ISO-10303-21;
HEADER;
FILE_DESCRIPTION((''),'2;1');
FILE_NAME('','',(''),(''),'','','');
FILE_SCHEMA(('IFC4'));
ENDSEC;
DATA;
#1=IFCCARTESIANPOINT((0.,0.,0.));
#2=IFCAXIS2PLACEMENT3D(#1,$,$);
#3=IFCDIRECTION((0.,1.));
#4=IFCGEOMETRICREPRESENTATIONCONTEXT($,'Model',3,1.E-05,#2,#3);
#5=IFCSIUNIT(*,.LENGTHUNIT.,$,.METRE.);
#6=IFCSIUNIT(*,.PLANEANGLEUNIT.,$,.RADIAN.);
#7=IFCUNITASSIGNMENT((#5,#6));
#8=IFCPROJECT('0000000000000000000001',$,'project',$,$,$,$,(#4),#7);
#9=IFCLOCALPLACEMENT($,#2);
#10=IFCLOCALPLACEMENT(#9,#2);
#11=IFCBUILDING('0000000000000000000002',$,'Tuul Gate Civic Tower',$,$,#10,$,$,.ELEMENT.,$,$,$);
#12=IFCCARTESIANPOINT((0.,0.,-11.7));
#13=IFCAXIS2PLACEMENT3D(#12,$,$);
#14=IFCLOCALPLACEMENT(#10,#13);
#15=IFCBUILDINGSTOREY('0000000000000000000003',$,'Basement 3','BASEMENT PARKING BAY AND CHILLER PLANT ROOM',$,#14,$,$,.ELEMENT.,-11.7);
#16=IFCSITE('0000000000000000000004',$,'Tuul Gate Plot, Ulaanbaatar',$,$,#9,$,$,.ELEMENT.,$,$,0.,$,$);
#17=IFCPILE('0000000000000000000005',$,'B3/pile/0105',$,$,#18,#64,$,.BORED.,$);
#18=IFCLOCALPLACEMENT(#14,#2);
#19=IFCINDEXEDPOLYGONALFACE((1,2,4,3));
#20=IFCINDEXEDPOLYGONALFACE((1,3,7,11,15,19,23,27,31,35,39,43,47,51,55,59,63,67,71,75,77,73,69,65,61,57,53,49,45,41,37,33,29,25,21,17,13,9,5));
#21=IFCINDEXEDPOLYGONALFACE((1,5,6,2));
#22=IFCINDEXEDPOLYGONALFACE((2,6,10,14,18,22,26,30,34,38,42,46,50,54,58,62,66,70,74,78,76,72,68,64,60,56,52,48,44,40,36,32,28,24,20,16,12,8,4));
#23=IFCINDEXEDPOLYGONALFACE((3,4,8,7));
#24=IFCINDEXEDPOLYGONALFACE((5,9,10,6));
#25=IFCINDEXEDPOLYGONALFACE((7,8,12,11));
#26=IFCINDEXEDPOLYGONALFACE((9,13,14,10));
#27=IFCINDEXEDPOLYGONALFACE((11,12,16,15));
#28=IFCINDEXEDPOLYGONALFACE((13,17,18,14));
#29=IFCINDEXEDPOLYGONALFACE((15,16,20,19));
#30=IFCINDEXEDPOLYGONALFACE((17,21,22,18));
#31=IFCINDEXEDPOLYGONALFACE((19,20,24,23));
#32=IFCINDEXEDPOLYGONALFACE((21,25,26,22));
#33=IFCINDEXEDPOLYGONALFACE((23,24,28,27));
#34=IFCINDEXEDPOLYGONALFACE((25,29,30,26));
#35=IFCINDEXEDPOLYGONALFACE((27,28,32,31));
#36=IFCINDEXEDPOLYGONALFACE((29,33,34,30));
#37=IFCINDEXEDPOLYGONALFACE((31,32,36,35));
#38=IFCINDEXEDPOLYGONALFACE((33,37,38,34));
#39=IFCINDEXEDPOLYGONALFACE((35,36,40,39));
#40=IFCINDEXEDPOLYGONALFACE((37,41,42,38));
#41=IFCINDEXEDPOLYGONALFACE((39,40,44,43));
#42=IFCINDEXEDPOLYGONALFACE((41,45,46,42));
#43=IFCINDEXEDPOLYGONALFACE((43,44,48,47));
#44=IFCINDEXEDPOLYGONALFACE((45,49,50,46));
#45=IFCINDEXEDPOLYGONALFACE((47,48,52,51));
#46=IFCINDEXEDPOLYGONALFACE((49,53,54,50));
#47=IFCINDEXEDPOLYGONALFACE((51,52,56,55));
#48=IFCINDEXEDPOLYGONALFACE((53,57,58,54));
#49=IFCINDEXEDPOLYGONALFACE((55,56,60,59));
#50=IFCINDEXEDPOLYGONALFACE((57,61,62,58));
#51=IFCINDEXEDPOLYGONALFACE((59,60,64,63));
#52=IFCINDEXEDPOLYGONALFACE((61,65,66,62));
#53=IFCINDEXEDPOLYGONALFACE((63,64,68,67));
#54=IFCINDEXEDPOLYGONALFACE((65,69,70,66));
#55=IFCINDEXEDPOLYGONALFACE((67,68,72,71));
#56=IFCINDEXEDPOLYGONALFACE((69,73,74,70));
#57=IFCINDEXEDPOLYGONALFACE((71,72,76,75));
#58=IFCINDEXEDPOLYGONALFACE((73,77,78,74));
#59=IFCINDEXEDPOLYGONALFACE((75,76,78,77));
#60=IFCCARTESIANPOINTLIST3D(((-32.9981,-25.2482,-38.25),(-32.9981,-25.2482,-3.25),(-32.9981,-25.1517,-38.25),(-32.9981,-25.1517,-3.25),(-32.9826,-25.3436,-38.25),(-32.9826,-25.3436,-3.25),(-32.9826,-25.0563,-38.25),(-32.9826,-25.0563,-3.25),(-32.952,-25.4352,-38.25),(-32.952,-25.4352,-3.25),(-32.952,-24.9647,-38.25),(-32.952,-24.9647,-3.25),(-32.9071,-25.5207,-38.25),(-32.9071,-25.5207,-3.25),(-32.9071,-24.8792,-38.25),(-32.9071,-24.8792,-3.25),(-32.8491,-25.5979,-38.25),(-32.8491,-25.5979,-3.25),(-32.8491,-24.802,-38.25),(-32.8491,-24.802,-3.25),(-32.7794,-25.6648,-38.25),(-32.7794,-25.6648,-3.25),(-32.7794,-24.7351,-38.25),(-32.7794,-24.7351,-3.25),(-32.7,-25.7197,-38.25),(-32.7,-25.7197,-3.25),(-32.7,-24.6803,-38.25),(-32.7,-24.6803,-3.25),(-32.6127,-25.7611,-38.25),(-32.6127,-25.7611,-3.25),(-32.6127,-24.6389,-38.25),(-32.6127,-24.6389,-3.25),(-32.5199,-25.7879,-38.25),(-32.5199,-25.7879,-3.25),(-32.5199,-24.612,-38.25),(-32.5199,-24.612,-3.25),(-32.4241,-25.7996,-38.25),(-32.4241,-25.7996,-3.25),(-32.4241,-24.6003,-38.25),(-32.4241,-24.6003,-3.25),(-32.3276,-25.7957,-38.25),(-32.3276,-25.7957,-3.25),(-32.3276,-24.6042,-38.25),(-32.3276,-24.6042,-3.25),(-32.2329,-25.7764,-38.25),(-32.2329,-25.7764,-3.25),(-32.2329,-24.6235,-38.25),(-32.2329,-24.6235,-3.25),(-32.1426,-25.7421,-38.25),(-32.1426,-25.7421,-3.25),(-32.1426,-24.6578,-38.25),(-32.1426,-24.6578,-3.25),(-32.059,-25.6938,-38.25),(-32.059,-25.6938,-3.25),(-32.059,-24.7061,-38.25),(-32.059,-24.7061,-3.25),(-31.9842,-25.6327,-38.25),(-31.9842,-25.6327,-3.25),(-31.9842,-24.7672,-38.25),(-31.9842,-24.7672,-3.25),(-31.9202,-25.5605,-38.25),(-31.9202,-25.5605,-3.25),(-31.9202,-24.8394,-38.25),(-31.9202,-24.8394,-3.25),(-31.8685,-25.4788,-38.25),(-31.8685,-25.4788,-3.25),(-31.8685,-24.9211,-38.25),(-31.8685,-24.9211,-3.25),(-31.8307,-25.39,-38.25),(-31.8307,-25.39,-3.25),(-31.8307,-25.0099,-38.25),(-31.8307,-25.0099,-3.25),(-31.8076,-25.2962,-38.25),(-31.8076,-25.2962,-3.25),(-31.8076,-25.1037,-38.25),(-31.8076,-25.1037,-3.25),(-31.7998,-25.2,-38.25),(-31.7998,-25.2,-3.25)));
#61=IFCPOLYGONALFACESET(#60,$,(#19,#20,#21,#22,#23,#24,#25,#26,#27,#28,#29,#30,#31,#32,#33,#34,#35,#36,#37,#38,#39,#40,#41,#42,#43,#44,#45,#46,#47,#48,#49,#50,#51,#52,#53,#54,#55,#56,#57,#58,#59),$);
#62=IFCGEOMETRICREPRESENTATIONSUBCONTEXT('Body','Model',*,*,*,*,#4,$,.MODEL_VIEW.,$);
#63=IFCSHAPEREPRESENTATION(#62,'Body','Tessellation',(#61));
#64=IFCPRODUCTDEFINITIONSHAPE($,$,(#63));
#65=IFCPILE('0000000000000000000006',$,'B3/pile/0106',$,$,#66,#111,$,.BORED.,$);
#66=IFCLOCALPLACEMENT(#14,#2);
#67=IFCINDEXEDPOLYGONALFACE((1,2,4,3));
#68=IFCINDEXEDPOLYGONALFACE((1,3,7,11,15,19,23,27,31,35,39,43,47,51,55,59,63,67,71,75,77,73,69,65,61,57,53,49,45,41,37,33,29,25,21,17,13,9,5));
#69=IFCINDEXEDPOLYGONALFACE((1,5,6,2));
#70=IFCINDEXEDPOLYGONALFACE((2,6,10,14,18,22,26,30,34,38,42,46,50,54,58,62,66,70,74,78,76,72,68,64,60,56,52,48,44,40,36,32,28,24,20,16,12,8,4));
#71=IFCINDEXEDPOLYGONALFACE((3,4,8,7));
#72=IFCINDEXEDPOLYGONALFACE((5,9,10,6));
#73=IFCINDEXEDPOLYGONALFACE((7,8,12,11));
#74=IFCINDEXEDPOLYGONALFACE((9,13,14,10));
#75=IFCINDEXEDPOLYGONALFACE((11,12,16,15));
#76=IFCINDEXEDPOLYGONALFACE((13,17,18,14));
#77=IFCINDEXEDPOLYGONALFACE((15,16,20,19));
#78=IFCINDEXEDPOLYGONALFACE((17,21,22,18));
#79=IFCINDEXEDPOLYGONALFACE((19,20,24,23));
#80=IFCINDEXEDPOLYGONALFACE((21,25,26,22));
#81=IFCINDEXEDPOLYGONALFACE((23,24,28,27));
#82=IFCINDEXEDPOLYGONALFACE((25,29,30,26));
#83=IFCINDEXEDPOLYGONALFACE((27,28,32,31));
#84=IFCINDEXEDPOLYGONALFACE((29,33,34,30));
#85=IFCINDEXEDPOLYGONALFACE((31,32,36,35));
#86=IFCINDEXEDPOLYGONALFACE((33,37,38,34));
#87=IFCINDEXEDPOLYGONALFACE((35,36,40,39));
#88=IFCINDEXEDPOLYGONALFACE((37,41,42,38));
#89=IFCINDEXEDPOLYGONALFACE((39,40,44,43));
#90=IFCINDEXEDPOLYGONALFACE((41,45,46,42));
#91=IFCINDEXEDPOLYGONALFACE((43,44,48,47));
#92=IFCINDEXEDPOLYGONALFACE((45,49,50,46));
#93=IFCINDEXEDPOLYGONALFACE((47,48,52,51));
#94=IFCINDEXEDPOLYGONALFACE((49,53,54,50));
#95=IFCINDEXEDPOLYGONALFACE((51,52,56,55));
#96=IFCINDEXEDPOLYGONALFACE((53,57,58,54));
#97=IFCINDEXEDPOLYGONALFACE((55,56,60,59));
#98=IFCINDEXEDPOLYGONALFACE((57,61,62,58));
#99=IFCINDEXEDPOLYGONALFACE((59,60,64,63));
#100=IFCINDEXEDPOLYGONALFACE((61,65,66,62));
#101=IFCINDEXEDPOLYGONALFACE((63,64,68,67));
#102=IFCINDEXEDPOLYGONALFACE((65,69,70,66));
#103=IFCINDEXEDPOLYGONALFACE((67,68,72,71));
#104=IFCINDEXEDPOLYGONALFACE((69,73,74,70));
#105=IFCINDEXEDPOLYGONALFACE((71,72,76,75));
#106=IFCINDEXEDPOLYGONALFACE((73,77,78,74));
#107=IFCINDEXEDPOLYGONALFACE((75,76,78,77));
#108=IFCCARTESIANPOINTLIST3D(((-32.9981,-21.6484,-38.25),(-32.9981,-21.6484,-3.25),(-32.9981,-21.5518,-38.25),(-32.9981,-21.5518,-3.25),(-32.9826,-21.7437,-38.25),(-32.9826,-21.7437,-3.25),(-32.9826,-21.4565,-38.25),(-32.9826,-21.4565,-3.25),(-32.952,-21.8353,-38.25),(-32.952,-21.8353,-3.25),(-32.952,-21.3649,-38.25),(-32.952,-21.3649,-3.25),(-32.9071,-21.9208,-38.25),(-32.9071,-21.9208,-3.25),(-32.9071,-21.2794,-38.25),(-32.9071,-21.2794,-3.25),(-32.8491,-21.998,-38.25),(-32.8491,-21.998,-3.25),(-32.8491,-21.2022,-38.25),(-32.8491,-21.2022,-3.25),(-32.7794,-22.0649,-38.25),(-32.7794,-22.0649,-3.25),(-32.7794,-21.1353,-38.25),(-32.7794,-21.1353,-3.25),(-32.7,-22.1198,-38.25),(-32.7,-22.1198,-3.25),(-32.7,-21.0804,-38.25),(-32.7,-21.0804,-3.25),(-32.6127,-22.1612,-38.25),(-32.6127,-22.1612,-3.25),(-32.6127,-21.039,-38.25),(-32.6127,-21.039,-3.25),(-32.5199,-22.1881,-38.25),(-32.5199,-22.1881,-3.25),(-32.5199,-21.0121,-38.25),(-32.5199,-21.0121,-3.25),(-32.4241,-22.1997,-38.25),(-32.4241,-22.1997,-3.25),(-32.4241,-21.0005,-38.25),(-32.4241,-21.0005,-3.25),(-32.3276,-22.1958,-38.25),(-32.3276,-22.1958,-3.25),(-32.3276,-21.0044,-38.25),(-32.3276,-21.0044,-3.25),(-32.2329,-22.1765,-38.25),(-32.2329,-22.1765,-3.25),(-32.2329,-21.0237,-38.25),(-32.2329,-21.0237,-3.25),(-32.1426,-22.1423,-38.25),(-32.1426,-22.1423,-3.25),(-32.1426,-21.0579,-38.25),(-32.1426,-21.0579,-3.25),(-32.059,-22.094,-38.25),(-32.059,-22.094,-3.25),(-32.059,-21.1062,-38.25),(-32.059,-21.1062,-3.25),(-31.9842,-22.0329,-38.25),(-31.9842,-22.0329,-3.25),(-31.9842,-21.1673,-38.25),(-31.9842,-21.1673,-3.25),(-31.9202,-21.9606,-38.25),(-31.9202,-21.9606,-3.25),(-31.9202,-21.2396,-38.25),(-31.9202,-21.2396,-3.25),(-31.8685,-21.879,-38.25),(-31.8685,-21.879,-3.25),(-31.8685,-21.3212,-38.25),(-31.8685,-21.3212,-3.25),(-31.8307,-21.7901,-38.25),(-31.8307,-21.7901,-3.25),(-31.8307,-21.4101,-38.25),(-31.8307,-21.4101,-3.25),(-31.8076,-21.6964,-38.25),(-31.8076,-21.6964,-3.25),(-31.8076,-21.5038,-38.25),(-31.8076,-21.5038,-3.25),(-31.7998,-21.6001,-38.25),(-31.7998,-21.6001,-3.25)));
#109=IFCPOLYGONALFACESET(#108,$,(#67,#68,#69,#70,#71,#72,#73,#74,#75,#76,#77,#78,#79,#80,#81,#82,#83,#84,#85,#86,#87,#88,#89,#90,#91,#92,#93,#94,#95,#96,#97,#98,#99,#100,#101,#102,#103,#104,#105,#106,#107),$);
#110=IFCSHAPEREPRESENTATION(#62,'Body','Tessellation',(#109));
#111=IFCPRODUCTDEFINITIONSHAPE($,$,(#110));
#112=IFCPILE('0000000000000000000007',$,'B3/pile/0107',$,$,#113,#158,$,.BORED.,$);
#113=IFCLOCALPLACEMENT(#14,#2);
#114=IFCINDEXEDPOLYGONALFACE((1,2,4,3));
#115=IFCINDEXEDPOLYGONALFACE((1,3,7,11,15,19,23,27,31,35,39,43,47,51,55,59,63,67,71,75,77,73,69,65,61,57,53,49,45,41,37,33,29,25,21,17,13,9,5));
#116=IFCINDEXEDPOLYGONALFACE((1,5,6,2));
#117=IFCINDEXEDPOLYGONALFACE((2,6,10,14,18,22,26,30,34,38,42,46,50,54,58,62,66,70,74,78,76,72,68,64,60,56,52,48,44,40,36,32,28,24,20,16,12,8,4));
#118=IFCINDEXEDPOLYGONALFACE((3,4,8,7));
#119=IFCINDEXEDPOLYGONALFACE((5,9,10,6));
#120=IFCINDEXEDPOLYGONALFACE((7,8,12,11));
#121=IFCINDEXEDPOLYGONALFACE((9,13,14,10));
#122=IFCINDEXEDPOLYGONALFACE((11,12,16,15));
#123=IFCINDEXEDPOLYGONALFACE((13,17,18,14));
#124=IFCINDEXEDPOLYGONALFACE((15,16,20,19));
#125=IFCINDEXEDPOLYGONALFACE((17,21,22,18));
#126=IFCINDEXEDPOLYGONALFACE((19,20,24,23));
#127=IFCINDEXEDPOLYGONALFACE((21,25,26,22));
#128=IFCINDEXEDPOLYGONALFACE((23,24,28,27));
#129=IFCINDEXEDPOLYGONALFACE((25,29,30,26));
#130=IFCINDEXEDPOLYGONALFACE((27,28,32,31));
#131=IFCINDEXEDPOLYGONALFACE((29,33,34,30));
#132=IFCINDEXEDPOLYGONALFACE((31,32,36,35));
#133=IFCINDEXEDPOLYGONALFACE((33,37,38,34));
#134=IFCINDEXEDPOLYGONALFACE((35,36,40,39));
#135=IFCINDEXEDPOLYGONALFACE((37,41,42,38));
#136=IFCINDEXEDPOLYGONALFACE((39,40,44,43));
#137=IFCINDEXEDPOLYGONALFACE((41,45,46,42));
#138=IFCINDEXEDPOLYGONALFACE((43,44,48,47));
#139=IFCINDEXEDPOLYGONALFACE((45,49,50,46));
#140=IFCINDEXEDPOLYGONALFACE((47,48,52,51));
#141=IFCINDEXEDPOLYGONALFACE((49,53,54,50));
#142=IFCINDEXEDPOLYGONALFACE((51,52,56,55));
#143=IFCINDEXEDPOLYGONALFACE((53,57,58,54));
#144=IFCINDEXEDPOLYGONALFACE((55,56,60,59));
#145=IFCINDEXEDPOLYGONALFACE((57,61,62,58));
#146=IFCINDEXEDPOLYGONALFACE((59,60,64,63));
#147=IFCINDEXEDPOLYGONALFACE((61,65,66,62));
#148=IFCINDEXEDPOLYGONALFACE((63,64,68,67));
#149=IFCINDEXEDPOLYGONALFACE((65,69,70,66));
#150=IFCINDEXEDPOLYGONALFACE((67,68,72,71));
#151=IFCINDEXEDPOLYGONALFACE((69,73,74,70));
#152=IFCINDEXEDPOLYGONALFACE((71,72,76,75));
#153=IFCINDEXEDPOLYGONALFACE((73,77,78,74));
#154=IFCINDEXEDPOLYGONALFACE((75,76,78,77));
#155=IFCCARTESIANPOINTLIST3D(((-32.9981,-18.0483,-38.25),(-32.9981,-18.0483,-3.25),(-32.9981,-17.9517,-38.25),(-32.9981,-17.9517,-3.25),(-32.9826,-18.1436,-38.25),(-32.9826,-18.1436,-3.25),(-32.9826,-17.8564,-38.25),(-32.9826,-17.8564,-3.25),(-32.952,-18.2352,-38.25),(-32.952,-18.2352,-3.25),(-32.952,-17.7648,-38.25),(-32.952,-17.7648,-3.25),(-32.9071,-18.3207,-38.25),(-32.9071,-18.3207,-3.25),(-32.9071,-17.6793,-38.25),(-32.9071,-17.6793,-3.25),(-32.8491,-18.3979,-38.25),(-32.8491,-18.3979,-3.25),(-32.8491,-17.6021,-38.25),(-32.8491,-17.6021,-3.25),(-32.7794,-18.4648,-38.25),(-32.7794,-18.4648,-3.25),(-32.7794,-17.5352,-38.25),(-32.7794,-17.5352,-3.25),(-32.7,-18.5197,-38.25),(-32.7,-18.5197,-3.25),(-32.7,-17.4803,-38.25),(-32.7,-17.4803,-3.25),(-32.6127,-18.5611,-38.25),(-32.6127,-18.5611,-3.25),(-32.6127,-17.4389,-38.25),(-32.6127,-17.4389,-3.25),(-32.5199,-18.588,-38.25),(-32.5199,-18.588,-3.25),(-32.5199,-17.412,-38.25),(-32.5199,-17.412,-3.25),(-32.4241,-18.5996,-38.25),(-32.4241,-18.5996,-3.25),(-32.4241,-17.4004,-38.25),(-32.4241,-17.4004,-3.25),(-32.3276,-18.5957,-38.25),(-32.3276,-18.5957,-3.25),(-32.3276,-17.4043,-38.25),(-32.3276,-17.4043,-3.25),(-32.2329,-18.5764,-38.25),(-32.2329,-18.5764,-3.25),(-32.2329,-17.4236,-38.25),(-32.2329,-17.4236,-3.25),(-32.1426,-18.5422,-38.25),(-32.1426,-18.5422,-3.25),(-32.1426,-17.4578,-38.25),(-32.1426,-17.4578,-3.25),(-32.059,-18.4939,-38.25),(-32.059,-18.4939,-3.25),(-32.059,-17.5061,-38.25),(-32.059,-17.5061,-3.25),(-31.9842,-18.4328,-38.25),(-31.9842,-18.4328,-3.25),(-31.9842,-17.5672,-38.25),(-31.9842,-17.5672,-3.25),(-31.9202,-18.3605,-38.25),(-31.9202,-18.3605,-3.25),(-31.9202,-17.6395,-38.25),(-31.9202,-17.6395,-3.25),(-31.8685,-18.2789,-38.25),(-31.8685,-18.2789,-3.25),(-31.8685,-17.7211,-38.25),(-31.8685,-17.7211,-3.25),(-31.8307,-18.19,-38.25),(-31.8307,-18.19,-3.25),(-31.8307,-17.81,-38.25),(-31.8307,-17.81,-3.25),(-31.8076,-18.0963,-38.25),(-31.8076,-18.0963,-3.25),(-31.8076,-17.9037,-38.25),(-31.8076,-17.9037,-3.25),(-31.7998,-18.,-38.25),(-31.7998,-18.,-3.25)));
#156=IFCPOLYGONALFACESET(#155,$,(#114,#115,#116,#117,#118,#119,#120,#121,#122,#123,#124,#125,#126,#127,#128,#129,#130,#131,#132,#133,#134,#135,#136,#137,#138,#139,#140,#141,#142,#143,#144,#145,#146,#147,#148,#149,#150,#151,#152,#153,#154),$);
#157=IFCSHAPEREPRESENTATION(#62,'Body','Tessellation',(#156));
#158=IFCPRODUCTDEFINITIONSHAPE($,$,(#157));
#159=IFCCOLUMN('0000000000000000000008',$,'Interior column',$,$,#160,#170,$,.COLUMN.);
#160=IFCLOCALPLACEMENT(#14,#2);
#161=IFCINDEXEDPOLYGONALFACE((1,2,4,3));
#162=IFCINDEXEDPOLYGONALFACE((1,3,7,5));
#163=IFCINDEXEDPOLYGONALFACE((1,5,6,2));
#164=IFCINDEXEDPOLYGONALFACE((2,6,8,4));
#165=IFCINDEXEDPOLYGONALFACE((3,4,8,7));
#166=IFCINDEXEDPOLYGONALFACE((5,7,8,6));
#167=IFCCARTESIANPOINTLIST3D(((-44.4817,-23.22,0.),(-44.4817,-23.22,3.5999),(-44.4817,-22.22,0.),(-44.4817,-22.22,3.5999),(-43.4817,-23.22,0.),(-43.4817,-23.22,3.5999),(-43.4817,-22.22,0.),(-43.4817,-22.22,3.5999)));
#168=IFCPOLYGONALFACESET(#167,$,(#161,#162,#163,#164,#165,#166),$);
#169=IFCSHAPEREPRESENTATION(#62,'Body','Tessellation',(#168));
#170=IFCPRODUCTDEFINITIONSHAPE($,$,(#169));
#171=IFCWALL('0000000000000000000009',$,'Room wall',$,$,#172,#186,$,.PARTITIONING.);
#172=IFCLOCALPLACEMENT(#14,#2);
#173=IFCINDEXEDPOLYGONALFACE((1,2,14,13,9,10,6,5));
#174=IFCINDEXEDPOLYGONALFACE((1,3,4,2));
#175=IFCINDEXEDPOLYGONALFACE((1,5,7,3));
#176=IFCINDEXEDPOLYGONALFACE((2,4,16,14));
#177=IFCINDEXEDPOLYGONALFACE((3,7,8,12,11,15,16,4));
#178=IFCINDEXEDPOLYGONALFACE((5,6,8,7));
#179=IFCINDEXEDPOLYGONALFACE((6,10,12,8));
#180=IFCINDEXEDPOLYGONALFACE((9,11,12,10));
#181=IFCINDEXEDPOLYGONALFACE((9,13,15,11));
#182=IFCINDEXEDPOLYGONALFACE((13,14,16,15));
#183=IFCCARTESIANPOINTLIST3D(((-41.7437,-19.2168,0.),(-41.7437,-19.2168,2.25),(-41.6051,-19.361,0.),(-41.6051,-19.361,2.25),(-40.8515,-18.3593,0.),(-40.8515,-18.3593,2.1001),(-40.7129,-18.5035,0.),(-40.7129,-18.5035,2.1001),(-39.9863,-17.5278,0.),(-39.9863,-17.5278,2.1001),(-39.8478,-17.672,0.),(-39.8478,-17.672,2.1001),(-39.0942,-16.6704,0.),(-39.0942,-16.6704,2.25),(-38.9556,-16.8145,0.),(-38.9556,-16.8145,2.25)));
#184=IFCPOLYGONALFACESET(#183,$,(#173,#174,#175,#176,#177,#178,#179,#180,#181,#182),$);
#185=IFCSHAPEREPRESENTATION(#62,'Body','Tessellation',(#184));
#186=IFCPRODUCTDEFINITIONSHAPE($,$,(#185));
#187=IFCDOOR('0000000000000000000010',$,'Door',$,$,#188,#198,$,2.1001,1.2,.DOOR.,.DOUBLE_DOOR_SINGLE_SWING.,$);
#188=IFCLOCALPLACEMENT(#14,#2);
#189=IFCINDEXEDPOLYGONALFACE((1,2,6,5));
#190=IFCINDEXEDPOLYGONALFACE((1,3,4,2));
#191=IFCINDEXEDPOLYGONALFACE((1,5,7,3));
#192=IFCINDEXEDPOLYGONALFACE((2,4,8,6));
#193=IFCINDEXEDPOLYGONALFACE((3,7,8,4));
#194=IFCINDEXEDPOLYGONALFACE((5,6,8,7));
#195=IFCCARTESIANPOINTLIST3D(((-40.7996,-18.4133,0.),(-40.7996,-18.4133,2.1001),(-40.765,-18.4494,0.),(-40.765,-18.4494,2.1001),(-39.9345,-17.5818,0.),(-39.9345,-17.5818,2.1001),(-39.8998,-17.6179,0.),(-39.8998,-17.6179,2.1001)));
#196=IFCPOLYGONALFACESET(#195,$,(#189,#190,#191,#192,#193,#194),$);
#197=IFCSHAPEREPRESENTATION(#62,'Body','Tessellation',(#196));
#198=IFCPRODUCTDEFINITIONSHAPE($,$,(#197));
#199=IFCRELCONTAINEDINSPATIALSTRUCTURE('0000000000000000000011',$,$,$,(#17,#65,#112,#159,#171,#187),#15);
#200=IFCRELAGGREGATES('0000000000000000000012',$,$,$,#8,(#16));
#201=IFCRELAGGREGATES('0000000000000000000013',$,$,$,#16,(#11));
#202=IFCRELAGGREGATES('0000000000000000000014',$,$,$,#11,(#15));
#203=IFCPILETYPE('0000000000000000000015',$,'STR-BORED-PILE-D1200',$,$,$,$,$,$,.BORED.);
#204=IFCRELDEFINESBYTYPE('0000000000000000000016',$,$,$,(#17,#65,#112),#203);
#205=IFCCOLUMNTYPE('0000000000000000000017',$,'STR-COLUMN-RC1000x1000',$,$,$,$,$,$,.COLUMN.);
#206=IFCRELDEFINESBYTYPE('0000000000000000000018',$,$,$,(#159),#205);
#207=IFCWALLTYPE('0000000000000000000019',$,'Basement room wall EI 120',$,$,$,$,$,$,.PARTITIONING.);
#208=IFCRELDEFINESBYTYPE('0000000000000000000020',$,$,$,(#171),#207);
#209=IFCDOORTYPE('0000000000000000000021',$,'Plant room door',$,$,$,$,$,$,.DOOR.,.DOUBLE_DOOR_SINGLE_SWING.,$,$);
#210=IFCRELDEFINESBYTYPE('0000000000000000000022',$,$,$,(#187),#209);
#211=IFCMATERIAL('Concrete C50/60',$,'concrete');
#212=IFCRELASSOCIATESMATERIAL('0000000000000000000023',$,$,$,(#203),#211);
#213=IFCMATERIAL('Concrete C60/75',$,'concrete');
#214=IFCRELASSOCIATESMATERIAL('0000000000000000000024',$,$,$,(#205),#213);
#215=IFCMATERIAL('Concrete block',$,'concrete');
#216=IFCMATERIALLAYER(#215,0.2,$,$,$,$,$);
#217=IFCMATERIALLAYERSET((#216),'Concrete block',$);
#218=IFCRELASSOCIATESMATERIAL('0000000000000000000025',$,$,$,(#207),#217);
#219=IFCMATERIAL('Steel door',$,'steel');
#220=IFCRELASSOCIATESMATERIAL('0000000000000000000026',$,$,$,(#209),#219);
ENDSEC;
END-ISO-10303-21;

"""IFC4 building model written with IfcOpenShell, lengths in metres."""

from ifc_helpers import new_model, si_unit, direction, frame, frame_2d, origin, origin_2d, place, context, subcontext, project, spatial, rectangle, circle, extrude, material, layer, layer_set, material_profile, profile_set, type_object, element, fill, save


model = new_model("IFC4")

# Units and contexts
model_context = context("Model", 3, precision=1e-05, world=origin(), true_north=direction((0.0, 1.0)))
body_context = subcontext(model_context, "Body", "Model", "MODEL_VIEW")
ifc_project = project(units=[si_unit("LENGTHUNIT", "METRE"), si_unit("PLANEANGLEUNIT", "RADIAN")], contexts=[model_context])

# Site, building, storey
site_placement = place(None, origin())
site = spatial("IfcSite", under=ifc_project, at=site_placement, Name="Tuul Gate Plot, Ulaanbaatar", CompositionType="ELEMENT", RefElevation=0.0)
building_placement = place(site_placement, origin())
building = spatial("IfcBuilding", under=site, at=building_placement, Name="Tuul Gate Civic Tower", CompositionType="ELEMENT")
storey_placement = place(building_placement, frame((0.0, 0.0, -11.7)))
storey = spatial("IfcBuildingStorey", under=building, at=storey_placement, Name="Basement 3", Description="BASEMENT PARKING BAY AND CHILLER PLANT ROOM", CompositionType="ELEMENT", Elevation=-11.7)

# Piles
ifc_material_1 = material(Name="Concrete C50/60", Category="concrete")
ifc_material_profile_1 = material_profile(ifc_material_1, circle(Radius=0.6001, at=origin_2d()), Name="PILE1200")
ifc_profile_set_1 = profile_set([ifc_material_profile_1], Name="Concrete C50/60")
pile_type = type_object("IfcPileType", Name="STR-BORED-PILE-D1200", PredefinedType="BORED", material=ifc_profile_set_1)
for number, where, z_axis, x_axis, name in (
    (1, (-32.3999, -25.2, -3.25), (0.0, 0.0, -1.0), (1.0, 0.0, 0.0), "B3/pile/0105"),
    (2, (-32.3999, -21.6001, -3.25), (0.0, 0.0, -1.0), (1.0, 0.0, 0.0), "B3/pile/0106"),
    (3, (-32.3999, -18.0, -3.25), (0.0, 0.0, -1.0), (1.0, 0.0, 0.0), "B3/pile/0107"),
):
    element("IfcPile", number, at=place(storey_placement, frame(where, z_axis=z_axis, x_axis=x_axis)), inside=storey, type_object=pile_type, Name=name, PredefinedType="BORED", context=body_context, shape_type="SweptSolid", body=[
        extrude(circle(Radius=0.6001, at=origin_2d()), origin(), (0.0, 0.0, 1.0), 35.0),
    ])

# Column
ifc_material_2 = material(Name="Concrete C60/75", Category="concrete")
ifc_material_profile_2 = material_profile(ifc_material_2, rectangle(XDim=1.0, YDim=1.0, at=origin_2d()), Name="RC1000x1000")
ifc_profile_set_2 = profile_set([ifc_material_profile_2], Name="Concrete C60/75")
column_type = type_object("IfcColumnType", Name="STR-COLUMN-RC1000x1000", PredefinedType="COLUMN", material=ifc_profile_set_2)
column_placement = place(storey_placement, frame((-43.9817, -22.72, 0.0), z_axis=(0.0, 0.0, 1.0), x_axis=(1.0, 0.0, 0.0)))
element("IfcColumn", 4, at=column_placement, inside=storey, type_object=column_type, Name="Interior column", PredefinedType="COLUMN", context=body_context, shape_type="SweptSolid", body=[
    extrude(rectangle(XDim=1.0, YDim=1.0, at=origin_2d()), origin(), (0.0, 0.0, 1.0), 3.5999),
])

# Wall, opening, door
ifc_material_3 = material(Name="Concrete block", Category="concrete")
ifc_layer_1 = layer(ifc_material_3, 0.2)
ifc_layer_set_1 = layer_set([ifc_layer_1], Name="Concrete block")
wall_type_1 = type_object("IfcWallType", Name="Basement room wall EI 120", PredefinedType="PARTITIONING", material=ifc_layer_set_1)
wall_1_placement = place(storey_placement, frame((-39.0249, -16.7424, 0.0), z_axis=(0.0, 0.0, 1.0), x_axis=(-0.720986, -0.692949, 0.0)))
wall_1 = element("IfcWall", 5, at=wall_1_placement, inside=storey, type_object=wall_type_1, Name="Room wall", PredefinedType="PARTITIONING", context=body_context, shape_type="SweptSolid", body=[
    extrude(rectangle(XDim=3.6748, YDim=0.2, at=frame_2d((1.8374, 0.0))), origin(), (0.0, 0.0, 1.0), 2.25),
])
opening_placement = place(wall_1_placement, frame((1.2373, 0.0, 0.0)))
opening = element("IfcOpeningElement", 6, at=opening_placement, cuts=wall_1, PredefinedType="OPENING", context=body_context, shape_type="SweptSolid", body=[
    extrude(rectangle(XDim=1.2, YDim=2.1001, at=frame_2d((0.6001, 1.05))), frame((0.0, 0.1099, 0.0), z_axis=(0.0, -1.0, 0.0), x_axis=(1.0, 0.0, 0.0)), (0.0, 0.0, 1.0), 0.22),
])
ifc_material_4 = material(Name="Steel door", Category="steel")
door_type = type_object("IfcDoorType", Name="Plant room door", OperationType="DOUBLE_DOOR_SINGLE_SWING", PredefinedType="DOOR", material=ifc_material_4)
door_placement = place(opening_placement, origin())
door = element("IfcDoor", 7, at=door_placement, inside=storey, type_object=door_type, Name="Door", OperationType="DOUBLE_DOOR_SINGLE_SWING", OverallHeight=2.1001, OverallWidth=1.2, PredefinedType="DOOR", context=body_context, shape_type="SweptSolid", body=[
    extrude(rectangle(XDim=1.2, YDim=2.1001, at=frame_2d((0.6001, 1.05))), frame((0.0, 0.0249, 0.0), z_axis=(0.0, -1.0, 0.0), x_axis=(1.0, 0.0, 0.0)), (0.0, 0.0, 1.0), 0.05),
])
fill(opening, door)

save(model, "model.ifc")
